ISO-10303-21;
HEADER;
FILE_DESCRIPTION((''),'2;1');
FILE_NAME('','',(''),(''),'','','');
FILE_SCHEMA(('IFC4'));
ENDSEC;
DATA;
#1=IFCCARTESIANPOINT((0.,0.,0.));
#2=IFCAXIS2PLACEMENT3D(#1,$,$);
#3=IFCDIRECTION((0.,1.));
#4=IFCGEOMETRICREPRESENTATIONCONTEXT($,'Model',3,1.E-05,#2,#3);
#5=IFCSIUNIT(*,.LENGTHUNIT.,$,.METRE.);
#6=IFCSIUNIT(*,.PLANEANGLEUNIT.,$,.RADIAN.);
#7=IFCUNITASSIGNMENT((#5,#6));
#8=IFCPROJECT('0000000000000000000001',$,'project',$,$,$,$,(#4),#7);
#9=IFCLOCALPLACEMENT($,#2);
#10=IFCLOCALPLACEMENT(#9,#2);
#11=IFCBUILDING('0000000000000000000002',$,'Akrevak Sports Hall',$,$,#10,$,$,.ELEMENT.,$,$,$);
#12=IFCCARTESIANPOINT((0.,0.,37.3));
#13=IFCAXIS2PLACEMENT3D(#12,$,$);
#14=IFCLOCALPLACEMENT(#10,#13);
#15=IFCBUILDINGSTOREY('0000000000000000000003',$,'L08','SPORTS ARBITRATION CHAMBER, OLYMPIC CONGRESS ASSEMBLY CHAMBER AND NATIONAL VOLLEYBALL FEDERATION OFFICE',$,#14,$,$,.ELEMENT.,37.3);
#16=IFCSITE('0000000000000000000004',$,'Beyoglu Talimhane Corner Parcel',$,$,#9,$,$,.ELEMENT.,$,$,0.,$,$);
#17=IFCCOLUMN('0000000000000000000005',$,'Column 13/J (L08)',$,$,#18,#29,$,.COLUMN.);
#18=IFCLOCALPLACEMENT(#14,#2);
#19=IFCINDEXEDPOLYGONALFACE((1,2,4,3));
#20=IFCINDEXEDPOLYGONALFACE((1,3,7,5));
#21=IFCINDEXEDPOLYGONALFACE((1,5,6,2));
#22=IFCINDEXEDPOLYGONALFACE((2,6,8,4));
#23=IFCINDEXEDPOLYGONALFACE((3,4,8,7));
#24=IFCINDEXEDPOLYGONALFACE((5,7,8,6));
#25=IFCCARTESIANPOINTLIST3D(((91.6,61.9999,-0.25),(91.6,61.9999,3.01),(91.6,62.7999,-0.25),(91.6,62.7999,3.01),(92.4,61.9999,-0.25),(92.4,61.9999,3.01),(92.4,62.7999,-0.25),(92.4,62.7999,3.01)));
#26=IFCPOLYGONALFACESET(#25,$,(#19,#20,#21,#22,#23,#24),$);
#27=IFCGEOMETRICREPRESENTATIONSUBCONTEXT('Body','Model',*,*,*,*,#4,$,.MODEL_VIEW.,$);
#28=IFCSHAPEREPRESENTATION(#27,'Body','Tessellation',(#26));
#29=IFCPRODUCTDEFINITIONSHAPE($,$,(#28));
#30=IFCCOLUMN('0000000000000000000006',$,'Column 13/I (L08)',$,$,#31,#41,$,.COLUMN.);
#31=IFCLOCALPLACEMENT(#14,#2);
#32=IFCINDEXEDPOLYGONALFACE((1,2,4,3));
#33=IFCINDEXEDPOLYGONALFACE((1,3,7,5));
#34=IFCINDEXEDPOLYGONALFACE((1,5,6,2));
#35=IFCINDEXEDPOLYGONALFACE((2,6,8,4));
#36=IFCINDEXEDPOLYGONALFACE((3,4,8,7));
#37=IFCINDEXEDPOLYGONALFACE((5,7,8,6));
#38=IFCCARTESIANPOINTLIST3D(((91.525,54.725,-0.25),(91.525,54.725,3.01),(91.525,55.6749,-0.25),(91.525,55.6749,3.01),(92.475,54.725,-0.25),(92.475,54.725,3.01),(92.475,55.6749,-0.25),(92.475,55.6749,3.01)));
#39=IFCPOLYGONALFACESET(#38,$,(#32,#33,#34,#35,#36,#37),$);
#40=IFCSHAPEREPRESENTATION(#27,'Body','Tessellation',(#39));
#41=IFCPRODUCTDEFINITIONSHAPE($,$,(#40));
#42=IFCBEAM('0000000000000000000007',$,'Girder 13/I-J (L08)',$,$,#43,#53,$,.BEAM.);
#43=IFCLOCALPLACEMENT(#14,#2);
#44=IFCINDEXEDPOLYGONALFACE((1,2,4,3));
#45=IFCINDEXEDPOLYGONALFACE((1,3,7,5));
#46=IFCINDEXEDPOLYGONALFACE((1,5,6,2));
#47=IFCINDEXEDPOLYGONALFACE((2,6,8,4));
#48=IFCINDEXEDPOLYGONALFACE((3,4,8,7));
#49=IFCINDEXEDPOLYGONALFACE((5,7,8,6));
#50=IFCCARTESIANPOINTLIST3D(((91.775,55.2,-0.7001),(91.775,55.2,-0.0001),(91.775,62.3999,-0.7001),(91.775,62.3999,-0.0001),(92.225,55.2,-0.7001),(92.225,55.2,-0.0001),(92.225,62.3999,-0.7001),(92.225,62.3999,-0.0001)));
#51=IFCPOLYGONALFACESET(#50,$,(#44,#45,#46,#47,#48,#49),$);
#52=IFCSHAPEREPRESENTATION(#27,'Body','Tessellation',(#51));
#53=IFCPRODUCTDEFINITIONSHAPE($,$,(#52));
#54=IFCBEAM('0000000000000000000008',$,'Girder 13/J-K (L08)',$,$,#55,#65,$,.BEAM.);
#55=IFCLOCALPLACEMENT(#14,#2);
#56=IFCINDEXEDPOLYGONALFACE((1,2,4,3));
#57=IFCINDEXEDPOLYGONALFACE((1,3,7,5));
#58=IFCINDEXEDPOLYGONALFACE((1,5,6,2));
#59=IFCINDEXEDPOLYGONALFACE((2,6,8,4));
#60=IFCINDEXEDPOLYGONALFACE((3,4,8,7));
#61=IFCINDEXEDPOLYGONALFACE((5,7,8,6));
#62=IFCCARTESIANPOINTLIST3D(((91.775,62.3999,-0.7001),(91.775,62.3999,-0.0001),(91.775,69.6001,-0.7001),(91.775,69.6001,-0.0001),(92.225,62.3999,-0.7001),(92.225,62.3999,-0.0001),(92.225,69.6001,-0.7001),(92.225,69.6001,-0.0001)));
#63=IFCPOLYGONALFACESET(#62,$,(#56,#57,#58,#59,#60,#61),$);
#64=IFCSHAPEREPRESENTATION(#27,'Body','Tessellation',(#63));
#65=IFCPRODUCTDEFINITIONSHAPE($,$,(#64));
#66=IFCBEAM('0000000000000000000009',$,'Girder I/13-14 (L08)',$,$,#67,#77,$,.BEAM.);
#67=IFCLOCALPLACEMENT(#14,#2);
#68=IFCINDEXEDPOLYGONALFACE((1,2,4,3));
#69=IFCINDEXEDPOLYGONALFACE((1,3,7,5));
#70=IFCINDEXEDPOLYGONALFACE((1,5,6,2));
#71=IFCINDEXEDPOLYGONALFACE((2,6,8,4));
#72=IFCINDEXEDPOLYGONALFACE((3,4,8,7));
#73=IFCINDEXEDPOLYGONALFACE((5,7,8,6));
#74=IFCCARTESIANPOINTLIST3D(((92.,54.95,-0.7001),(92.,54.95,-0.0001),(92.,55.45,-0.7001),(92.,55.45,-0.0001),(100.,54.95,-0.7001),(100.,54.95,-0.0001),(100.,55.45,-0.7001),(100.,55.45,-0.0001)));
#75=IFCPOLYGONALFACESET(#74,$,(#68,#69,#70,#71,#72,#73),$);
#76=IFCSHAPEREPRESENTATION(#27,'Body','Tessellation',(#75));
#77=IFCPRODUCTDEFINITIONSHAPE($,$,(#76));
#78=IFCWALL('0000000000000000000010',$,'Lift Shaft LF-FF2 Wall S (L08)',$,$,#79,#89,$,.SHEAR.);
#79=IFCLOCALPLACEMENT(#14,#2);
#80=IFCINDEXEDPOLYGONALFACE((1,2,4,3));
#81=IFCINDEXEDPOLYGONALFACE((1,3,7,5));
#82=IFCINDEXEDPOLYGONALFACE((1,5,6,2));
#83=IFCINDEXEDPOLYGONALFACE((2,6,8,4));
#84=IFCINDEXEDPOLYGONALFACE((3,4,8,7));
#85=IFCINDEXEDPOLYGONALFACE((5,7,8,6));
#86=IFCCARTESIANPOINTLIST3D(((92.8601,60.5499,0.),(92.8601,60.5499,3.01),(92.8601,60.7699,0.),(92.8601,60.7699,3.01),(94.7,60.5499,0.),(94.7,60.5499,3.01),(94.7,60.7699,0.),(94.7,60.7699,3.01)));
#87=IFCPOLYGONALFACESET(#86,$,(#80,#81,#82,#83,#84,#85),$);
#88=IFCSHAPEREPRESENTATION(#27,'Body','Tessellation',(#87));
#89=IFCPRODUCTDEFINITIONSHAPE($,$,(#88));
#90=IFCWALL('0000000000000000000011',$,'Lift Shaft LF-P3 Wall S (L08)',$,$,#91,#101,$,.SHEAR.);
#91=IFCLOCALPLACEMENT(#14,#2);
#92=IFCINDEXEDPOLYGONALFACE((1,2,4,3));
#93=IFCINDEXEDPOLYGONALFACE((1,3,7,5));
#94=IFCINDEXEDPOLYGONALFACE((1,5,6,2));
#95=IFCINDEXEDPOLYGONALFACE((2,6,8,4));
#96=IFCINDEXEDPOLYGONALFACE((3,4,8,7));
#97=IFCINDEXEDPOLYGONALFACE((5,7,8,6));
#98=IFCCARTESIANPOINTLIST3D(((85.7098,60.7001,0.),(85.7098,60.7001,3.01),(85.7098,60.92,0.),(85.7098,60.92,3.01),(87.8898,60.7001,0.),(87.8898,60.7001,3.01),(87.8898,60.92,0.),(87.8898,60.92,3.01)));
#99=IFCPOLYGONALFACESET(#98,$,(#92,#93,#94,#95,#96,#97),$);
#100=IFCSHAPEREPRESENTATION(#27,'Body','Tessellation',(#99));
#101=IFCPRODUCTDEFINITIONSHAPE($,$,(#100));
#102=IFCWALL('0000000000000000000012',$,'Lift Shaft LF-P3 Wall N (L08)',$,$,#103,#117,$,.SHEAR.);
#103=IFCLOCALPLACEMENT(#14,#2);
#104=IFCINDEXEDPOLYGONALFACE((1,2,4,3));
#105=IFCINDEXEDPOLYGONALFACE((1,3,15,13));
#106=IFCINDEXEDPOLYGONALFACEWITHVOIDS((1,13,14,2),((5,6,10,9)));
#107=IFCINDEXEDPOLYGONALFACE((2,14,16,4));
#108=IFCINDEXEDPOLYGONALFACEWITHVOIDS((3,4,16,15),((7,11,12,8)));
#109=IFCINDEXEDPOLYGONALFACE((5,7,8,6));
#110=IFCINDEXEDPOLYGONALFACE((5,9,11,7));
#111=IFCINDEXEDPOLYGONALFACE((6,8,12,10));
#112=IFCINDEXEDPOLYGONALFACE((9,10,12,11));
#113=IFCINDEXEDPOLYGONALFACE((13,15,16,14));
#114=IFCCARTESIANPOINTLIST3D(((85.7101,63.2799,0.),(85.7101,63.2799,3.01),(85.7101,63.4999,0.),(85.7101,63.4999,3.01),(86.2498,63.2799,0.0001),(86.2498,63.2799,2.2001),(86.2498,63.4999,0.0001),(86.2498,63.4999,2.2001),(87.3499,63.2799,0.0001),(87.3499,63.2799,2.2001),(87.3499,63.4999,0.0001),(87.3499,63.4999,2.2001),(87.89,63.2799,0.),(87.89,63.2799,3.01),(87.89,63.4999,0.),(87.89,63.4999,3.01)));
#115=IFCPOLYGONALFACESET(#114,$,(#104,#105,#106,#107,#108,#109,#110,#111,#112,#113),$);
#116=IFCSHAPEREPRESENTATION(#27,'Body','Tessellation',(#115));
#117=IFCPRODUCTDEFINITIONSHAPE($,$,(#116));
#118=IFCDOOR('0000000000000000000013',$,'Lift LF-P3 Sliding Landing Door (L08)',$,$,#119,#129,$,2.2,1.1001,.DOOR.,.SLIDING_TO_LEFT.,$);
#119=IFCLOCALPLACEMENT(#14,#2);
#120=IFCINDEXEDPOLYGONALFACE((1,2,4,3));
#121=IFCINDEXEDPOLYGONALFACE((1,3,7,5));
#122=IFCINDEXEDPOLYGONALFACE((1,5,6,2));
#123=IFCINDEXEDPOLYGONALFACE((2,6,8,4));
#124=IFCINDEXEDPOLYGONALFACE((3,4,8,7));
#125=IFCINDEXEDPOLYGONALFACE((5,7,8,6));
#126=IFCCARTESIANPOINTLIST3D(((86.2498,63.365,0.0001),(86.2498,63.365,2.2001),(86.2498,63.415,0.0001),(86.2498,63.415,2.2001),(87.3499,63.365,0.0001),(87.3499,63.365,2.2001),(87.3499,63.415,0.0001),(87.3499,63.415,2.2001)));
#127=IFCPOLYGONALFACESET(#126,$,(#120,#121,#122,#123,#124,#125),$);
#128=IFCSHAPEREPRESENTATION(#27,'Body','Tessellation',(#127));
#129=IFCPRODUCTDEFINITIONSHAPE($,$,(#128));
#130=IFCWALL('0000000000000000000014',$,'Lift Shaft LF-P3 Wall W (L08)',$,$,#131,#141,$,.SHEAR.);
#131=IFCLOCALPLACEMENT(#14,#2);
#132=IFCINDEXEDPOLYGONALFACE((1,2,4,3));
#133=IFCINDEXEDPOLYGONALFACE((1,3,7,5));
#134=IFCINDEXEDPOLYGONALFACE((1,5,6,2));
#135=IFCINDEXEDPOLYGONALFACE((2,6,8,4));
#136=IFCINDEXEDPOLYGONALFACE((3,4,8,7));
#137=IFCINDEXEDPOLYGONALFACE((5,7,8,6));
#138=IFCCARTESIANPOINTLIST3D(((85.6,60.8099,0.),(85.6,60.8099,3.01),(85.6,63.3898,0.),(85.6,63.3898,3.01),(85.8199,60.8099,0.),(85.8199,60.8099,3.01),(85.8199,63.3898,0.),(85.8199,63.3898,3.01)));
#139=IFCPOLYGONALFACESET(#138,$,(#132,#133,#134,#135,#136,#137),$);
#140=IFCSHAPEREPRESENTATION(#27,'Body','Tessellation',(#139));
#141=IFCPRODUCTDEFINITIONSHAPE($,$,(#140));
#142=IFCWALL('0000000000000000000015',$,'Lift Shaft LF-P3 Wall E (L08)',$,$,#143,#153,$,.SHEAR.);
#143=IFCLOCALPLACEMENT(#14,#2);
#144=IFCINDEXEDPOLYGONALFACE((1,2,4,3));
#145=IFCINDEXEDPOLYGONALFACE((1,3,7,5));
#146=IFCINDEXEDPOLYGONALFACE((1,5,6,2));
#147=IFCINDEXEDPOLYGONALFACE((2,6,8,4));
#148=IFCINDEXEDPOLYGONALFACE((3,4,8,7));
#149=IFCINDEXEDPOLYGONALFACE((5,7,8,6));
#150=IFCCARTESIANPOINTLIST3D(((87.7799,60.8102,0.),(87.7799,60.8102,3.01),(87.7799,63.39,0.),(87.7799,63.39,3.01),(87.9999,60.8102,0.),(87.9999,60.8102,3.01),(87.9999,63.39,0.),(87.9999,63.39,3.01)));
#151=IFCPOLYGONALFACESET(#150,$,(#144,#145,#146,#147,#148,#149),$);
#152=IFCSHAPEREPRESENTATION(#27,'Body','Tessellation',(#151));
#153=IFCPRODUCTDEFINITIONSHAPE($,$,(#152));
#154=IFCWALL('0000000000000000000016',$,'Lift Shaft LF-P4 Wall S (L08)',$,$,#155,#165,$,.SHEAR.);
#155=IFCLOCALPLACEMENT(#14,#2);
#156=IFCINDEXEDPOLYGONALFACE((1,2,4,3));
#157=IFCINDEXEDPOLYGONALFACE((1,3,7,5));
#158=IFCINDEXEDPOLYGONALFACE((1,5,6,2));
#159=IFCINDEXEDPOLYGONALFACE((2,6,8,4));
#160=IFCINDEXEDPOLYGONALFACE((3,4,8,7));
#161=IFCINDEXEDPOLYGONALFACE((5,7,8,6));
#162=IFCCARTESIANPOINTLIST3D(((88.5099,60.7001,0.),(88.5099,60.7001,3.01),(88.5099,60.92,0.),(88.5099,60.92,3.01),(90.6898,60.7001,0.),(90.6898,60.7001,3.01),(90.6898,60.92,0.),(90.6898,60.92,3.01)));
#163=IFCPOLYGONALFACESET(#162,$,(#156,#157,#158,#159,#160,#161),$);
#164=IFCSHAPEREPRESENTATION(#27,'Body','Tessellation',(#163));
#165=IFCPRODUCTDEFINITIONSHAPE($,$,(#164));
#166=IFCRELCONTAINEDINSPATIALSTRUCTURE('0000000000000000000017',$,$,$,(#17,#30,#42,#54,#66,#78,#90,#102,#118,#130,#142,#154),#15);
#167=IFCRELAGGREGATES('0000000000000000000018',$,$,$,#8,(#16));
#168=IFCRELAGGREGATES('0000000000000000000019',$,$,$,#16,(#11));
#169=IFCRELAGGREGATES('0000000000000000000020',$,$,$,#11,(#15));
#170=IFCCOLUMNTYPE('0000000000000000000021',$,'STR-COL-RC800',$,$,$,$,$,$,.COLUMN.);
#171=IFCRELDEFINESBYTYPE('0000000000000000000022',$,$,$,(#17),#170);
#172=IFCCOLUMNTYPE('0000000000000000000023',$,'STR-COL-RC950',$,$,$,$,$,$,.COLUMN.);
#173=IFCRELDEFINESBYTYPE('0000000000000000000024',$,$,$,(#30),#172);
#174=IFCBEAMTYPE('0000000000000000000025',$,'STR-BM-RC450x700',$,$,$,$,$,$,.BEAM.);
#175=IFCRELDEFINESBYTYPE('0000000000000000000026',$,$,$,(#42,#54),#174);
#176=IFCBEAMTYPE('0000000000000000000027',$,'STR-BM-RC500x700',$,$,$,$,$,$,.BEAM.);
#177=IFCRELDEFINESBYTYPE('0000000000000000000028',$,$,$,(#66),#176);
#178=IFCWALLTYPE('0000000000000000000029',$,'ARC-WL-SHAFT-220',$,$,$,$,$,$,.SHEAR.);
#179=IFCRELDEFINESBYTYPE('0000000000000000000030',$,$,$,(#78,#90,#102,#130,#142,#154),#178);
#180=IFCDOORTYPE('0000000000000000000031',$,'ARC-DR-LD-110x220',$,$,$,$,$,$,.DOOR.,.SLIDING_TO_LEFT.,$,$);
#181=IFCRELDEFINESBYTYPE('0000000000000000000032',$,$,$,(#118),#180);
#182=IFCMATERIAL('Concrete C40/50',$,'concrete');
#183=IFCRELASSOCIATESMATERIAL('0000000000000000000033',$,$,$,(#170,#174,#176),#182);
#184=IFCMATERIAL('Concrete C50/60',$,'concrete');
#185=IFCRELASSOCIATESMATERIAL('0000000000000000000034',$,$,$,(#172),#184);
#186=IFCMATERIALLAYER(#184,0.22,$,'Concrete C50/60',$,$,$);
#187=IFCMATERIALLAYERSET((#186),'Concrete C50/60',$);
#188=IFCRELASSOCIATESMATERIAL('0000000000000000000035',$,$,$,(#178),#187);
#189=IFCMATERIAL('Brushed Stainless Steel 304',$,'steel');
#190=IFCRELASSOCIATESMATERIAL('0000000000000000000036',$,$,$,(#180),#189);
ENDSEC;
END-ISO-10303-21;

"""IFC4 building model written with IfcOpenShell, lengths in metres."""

from ifc_helpers import new_model, si_unit, direction, frame, frame_2d, origin, origin_2d, place, context, subcontext, project, spatial, rectangle, extrude, material, layer, layer_set, material_profile, profile_set, type_object, element, fill, save


model = new_model("IFC4")

# Units and contexts
model_context = context("Model", 3, precision=1e-05, world=origin(), true_north=direction((0.0, 1.0)))
body_context = subcontext(model_context, "Body", "Model", "MODEL_VIEW")
ifc_project = project(units=[si_unit("LENGTHUNIT", "METRE"), si_unit("PLANEANGLEUNIT", "RADIAN")], contexts=[model_context])

# Site, building, storey
site_placement = place(None, origin())
site = spatial("IfcSite", under=ifc_project, at=site_placement, Name="Beyoglu Talimhane Corner Parcel", CompositionType="ELEMENT", RefElevation=0.0)
building_placement = place(site_placement, origin())
building = spatial("IfcBuilding", under=site, at=building_placement, Name="Akrevak Sports Hall", CompositionType="ELEMENT")
storey_placement = place(building_placement, frame((0.0, 0.0, 37.3)))
storey = spatial("IfcBuildingStorey", under=building, at=storey_placement, Name="L08", Description="SPORTS ARBITRATION CHAMBER, OLYMPIC CONGRESS ASSEMBLY CHAMBER AND NATIONAL VOLLEYBALL FEDERATION OFFICE", CompositionType="ELEMENT", Elevation=37.3)

# Columns
ifc_material_1 = material(Name="Concrete C40/50", Category="concrete")
ifc_material_profile_1 = material_profile(ifc_material_1, rectangle(XDim=0.8, YDim=0.8, at=origin_2d()), Name="RC 800x800", Category="concrete")
ifc_profile_set_1 = profile_set([ifc_material_profile_1], Name="Concrete C40/50")
column_type_1 = type_object("IfcColumnType", Name="STR-COL-RC800", PredefinedType="COLUMN", material=ifc_profile_set_1)
column_1_placement = place(storey_placement, frame((92.0, 62.3999, -0.25), z_axis=(0.0, 0.0, 1.0), x_axis=(1.0, 0.0, 0.0)))
element("IfcColumn", 1, at=column_1_placement, inside=storey, type_object=column_type_1, Name="Column 13/J (L08)", PredefinedType="COLUMN", context=body_context, shape_type="SweptSolid", body=[
    extrude(rectangle(XDim=0.8, YDim=0.8, at=origin_2d()), origin(), (0.0, 0.0, 1.0), 3.26),
])
ifc_material_2 = material(Name="Concrete C50/60", Category="concrete")
ifc_material_profile_2 = material_profile(ifc_material_2, rectangle(XDim=0.95, YDim=0.95, at=origin_2d()), Name="RC 950x950", Category="concrete")
ifc_profile_set_2 = profile_set([ifc_material_profile_2], Name="Concrete C50/60")
column_type_2 = type_object("IfcColumnType", Name="STR-COL-RC950", PredefinedType="COLUMN", material=ifc_profile_set_2)
column_2_placement = place(storey_placement, frame((92.0, 55.2, -0.25), z_axis=(0.0, 0.0, 1.0), x_axis=(1.0, 0.0, 0.0)))
element("IfcColumn", 2, at=column_2_placement, inside=storey, type_object=column_type_2, Name="Column 13/I (L08)", PredefinedType="COLUMN", context=body_context, shape_type="SweptSolid", body=[
    extrude(rectangle(XDim=0.95, YDim=0.95, at=origin_2d()), origin(), (0.0, 0.0, 1.0), 3.26),
])

# Beams
ifc_material_profile_3 = material_profile(ifc_material_1, rectangle(XDim=0.45, YDim=0.7, at=origin_2d()), Name="BM 450x700", Category="concrete")
ifc_profile_set_3 = profile_set([ifc_material_profile_3], Name="Concrete C40/50")
beam_type_1 = type_object("IfcBeamType", Name="STR-BM-RC450x700", PredefinedType="BEAM", material=ifc_profile_set_3)
beam_1_placement = place(storey_placement, frame((92.0, 55.2, -0.3501), z_axis=(0.0, 1.0, 0.0), x_axis=(-1.0, 0.0, 0.0)))
element("IfcBeam", 3, at=beam_1_placement, inside=storey, type_object=beam_type_1, Name="Girder 13/I-J (L08)", PredefinedType="BEAM", context=body_context, shape_type="SweptSolid", body=[
    extrude(rectangle(XDim=0.45, YDim=0.7, at=origin_2d()), origin(), (0.0, 0.0, 1.0), 7.2),
])
beam_2_placement = place(storey_placement, frame((92.0, 62.3999, -0.3501), z_axis=(0.0, 1.0, 0.0), x_axis=(-1.0, 0.0, 0.0)))
element("IfcBeam", 4, at=beam_2_placement, inside=storey, type_object=beam_type_1, Name="Girder 13/J-K (L08)", PredefinedType="BEAM", context=body_context, shape_type="SweptSolid", body=[
    extrude(rectangle(XDim=0.45, YDim=0.7, at=origin_2d()), origin(), (0.0, 0.0, 1.0), 7.2002),
])
ifc_material_profile_4 = material_profile(ifc_material_1, rectangle(XDim=0.5, YDim=0.7, at=origin_2d()), Name="BM 500x700", Category="concrete")
ifc_profile_set_4 = profile_set([ifc_material_profile_4], Name="Concrete C40/50")
beam_type_2 = type_object("IfcBeamType", Name="STR-BM-RC500x700", PredefinedType="BEAM", material=ifc_profile_set_4)
beam_3_placement = place(storey_placement, frame((92.0, 55.2, -0.3501), z_axis=(1.0, 0.0, 0.0), x_axis=(0.0, 1.0, 0.0)))
element("IfcBeam", 5, at=beam_3_placement, inside=storey, type_object=beam_type_2, Name="Girder I/13-14 (L08)", PredefinedType="BEAM", context=body_context, shape_type="SweptSolid", body=[
    extrude(rectangle(XDim=0.5, YDim=0.7, at=origin_2d()), origin(), (0.0, 0.0, 1.0), 8.0),
])

# Walls
ifc_layer_1 = layer(ifc_material_2, 0.22, Name="Concrete C50/60")
ifc_layer_set_1 = layer_set([ifc_layer_1], Name="Concrete C50/60")
wall_type_1 = type_object("IfcWallType", Name="ARC-WL-SHAFT-220", PredefinedType="SHEAR", material=ifc_layer_set_1)
wall_1_placement = place(storey_placement, frame((92.8601, 60.6599, 0.0), z_axis=(0.0, 0.0, 1.0), x_axis=(1.0, 0.0, 0.0)))
element("IfcWall", 6, at=wall_1_placement, inside=storey, type_object=wall_type_1, Name="Lift Shaft LF-FF2 Wall S (L08)", PredefinedType="SHEAR", context=body_context, shape_type="SweptSolid", body=[
    extrude(rectangle(XDim=1.8398, YDim=0.22, at=frame_2d((0.9199, 0.0))), origin(), (0.0, 0.0, 1.0), 3.01),
])
wall_2_placement = place(storey_placement, frame((85.71, 60.8101, 0.0), z_axis=(0.0, 0.0, 1.0), x_axis=(1.0, 0.0, 0.0)))
element("IfcWall", 7, at=wall_2_placement, inside=storey, type_object=wall_type_1, Name="Lift Shaft LF-P3 Wall S (L08)", PredefinedType="SHEAR", context=body_context, shape_type="SweptSolid", body=[
    extrude(rectangle(XDim=2.1799, YDim=0.22, at=frame_2d((1.0898, 0.0))), origin(), (0.0, 0.0, 1.0), 3.01),
])

# Wall, opening, door
wall_3_placement = place(storey_placement, frame((87.8899, 63.3899, 0.0), z_axis=(0.0, 0.0, 1.0), x_axis=(-1.0, 0.0, 0.0)))
wall_3 = element("IfcWall", 8, at=wall_3_placement, inside=storey, type_object=wall_type_1, Name="Lift Shaft LF-P3 Wall N (L08)", PredefinedType="SHEAR", context=body_context, shape_type="SweptSolid", body=[
    extrude(rectangle(XDim=2.1799, YDim=0.22, at=frame_2d((1.0898, 0.0))), origin(), (0.0, 0.0, 1.0), 3.01),
])
opening_1_placement = place(wall_3_placement, frame((0.54, 0.0, 0.0)))
opening_1 = element("IfcOpeningElement", 9, at=opening_1_placement, cuts=wall_3, PredefinedType="OPENING", context=body_context, shape_type="SweptSolid", body=[
    extrude(rectangle(XDim=1.1001, YDim=2.2, at=frame_2d((0.55, 1.1001))), frame((0.0, 0.1221, 0.0), z_axis=(0.0, -1.0, 0.0), x_axis=(1.0, 0.0, 0.0)), (0.0, 0.0, 1.0), 0.2439),
])
ifc_material_3 = material(Name="Brushed Stainless Steel 304", Category="steel")
door_type = type_object("IfcDoorType", Name="ARC-DR-LD-110x220", OperationType="SLIDING_TO_LEFT", PredefinedType="DOOR", material=ifc_material_3)
door_1_placement = place(opening_1_placement, origin())
door_1 = element("IfcDoor", 10, at=door_1_placement, inside=storey, type_object=door_type, Name="Lift LF-P3 Sliding Landing Door (L08)", OperationType="SLIDING_TO_LEFT", OverallHeight=2.2, OverallWidth=1.1001, PredefinedType="DOOR", context=body_context, shape_type="SweptSolid", body=[
    extrude(rectangle(XDim=1.1001, YDim=2.2, at=frame_2d((0.55, 1.1001))), frame((0.0, 0.0249, 0.0), z_axis=(0.0, -1.0, 0.0), x_axis=(1.0, 0.0, 0.0)), (0.0, 0.0, 1.0), 0.05),
])
fill(opening_1, door_1)

# Walls
for number, where, z_axis, x_axis, name in (
    (11, (85.71, 63.3899, 0.0), (0.0, 0.0, 1.0), (0.0, -1.0, 0.0), "Lift Shaft LF-P3 Wall W (L08)"),
    (12, (87.8899, 60.8101, 0.0), (0.0, 0.0, 1.0), (0.0, 1.0, 0.0), "Lift Shaft LF-P3 Wall E (L08)"),
):
    element("IfcWall", number, at=place(storey_placement, frame(where, z_axis=z_axis, x_axis=x_axis)), inside=storey, type_object=wall_type_1, Name=name, PredefinedType="SHEAR", context=body_context, shape_type="SweptSolid", body=[
        extrude(rectangle(XDim=2.5798, YDim=0.22, at=frame_2d((1.29, 0.0))), origin(), (0.0, 0.0, 1.0), 3.01),
    ])
wall_4_placement = place(storey_placement, frame((88.51, 60.8101, 0.0), z_axis=(0.0, 0.0, 1.0), x_axis=(1.0, 0.0, 0.0)))
element("IfcWall", 13, at=wall_4_placement, inside=storey, type_object=wall_type_1, Name="Lift Shaft LF-P4 Wall S (L08)", PredefinedType="SHEAR", context=body_context, shape_type="SweptSolid", body=[
    extrude(rectangle(XDim=2.1799, YDim=0.22, at=frame_2d((1.0898, 0.0))), origin(), (0.0, 0.0, 1.0), 3.01),
])

save(model, "model.ifc")
